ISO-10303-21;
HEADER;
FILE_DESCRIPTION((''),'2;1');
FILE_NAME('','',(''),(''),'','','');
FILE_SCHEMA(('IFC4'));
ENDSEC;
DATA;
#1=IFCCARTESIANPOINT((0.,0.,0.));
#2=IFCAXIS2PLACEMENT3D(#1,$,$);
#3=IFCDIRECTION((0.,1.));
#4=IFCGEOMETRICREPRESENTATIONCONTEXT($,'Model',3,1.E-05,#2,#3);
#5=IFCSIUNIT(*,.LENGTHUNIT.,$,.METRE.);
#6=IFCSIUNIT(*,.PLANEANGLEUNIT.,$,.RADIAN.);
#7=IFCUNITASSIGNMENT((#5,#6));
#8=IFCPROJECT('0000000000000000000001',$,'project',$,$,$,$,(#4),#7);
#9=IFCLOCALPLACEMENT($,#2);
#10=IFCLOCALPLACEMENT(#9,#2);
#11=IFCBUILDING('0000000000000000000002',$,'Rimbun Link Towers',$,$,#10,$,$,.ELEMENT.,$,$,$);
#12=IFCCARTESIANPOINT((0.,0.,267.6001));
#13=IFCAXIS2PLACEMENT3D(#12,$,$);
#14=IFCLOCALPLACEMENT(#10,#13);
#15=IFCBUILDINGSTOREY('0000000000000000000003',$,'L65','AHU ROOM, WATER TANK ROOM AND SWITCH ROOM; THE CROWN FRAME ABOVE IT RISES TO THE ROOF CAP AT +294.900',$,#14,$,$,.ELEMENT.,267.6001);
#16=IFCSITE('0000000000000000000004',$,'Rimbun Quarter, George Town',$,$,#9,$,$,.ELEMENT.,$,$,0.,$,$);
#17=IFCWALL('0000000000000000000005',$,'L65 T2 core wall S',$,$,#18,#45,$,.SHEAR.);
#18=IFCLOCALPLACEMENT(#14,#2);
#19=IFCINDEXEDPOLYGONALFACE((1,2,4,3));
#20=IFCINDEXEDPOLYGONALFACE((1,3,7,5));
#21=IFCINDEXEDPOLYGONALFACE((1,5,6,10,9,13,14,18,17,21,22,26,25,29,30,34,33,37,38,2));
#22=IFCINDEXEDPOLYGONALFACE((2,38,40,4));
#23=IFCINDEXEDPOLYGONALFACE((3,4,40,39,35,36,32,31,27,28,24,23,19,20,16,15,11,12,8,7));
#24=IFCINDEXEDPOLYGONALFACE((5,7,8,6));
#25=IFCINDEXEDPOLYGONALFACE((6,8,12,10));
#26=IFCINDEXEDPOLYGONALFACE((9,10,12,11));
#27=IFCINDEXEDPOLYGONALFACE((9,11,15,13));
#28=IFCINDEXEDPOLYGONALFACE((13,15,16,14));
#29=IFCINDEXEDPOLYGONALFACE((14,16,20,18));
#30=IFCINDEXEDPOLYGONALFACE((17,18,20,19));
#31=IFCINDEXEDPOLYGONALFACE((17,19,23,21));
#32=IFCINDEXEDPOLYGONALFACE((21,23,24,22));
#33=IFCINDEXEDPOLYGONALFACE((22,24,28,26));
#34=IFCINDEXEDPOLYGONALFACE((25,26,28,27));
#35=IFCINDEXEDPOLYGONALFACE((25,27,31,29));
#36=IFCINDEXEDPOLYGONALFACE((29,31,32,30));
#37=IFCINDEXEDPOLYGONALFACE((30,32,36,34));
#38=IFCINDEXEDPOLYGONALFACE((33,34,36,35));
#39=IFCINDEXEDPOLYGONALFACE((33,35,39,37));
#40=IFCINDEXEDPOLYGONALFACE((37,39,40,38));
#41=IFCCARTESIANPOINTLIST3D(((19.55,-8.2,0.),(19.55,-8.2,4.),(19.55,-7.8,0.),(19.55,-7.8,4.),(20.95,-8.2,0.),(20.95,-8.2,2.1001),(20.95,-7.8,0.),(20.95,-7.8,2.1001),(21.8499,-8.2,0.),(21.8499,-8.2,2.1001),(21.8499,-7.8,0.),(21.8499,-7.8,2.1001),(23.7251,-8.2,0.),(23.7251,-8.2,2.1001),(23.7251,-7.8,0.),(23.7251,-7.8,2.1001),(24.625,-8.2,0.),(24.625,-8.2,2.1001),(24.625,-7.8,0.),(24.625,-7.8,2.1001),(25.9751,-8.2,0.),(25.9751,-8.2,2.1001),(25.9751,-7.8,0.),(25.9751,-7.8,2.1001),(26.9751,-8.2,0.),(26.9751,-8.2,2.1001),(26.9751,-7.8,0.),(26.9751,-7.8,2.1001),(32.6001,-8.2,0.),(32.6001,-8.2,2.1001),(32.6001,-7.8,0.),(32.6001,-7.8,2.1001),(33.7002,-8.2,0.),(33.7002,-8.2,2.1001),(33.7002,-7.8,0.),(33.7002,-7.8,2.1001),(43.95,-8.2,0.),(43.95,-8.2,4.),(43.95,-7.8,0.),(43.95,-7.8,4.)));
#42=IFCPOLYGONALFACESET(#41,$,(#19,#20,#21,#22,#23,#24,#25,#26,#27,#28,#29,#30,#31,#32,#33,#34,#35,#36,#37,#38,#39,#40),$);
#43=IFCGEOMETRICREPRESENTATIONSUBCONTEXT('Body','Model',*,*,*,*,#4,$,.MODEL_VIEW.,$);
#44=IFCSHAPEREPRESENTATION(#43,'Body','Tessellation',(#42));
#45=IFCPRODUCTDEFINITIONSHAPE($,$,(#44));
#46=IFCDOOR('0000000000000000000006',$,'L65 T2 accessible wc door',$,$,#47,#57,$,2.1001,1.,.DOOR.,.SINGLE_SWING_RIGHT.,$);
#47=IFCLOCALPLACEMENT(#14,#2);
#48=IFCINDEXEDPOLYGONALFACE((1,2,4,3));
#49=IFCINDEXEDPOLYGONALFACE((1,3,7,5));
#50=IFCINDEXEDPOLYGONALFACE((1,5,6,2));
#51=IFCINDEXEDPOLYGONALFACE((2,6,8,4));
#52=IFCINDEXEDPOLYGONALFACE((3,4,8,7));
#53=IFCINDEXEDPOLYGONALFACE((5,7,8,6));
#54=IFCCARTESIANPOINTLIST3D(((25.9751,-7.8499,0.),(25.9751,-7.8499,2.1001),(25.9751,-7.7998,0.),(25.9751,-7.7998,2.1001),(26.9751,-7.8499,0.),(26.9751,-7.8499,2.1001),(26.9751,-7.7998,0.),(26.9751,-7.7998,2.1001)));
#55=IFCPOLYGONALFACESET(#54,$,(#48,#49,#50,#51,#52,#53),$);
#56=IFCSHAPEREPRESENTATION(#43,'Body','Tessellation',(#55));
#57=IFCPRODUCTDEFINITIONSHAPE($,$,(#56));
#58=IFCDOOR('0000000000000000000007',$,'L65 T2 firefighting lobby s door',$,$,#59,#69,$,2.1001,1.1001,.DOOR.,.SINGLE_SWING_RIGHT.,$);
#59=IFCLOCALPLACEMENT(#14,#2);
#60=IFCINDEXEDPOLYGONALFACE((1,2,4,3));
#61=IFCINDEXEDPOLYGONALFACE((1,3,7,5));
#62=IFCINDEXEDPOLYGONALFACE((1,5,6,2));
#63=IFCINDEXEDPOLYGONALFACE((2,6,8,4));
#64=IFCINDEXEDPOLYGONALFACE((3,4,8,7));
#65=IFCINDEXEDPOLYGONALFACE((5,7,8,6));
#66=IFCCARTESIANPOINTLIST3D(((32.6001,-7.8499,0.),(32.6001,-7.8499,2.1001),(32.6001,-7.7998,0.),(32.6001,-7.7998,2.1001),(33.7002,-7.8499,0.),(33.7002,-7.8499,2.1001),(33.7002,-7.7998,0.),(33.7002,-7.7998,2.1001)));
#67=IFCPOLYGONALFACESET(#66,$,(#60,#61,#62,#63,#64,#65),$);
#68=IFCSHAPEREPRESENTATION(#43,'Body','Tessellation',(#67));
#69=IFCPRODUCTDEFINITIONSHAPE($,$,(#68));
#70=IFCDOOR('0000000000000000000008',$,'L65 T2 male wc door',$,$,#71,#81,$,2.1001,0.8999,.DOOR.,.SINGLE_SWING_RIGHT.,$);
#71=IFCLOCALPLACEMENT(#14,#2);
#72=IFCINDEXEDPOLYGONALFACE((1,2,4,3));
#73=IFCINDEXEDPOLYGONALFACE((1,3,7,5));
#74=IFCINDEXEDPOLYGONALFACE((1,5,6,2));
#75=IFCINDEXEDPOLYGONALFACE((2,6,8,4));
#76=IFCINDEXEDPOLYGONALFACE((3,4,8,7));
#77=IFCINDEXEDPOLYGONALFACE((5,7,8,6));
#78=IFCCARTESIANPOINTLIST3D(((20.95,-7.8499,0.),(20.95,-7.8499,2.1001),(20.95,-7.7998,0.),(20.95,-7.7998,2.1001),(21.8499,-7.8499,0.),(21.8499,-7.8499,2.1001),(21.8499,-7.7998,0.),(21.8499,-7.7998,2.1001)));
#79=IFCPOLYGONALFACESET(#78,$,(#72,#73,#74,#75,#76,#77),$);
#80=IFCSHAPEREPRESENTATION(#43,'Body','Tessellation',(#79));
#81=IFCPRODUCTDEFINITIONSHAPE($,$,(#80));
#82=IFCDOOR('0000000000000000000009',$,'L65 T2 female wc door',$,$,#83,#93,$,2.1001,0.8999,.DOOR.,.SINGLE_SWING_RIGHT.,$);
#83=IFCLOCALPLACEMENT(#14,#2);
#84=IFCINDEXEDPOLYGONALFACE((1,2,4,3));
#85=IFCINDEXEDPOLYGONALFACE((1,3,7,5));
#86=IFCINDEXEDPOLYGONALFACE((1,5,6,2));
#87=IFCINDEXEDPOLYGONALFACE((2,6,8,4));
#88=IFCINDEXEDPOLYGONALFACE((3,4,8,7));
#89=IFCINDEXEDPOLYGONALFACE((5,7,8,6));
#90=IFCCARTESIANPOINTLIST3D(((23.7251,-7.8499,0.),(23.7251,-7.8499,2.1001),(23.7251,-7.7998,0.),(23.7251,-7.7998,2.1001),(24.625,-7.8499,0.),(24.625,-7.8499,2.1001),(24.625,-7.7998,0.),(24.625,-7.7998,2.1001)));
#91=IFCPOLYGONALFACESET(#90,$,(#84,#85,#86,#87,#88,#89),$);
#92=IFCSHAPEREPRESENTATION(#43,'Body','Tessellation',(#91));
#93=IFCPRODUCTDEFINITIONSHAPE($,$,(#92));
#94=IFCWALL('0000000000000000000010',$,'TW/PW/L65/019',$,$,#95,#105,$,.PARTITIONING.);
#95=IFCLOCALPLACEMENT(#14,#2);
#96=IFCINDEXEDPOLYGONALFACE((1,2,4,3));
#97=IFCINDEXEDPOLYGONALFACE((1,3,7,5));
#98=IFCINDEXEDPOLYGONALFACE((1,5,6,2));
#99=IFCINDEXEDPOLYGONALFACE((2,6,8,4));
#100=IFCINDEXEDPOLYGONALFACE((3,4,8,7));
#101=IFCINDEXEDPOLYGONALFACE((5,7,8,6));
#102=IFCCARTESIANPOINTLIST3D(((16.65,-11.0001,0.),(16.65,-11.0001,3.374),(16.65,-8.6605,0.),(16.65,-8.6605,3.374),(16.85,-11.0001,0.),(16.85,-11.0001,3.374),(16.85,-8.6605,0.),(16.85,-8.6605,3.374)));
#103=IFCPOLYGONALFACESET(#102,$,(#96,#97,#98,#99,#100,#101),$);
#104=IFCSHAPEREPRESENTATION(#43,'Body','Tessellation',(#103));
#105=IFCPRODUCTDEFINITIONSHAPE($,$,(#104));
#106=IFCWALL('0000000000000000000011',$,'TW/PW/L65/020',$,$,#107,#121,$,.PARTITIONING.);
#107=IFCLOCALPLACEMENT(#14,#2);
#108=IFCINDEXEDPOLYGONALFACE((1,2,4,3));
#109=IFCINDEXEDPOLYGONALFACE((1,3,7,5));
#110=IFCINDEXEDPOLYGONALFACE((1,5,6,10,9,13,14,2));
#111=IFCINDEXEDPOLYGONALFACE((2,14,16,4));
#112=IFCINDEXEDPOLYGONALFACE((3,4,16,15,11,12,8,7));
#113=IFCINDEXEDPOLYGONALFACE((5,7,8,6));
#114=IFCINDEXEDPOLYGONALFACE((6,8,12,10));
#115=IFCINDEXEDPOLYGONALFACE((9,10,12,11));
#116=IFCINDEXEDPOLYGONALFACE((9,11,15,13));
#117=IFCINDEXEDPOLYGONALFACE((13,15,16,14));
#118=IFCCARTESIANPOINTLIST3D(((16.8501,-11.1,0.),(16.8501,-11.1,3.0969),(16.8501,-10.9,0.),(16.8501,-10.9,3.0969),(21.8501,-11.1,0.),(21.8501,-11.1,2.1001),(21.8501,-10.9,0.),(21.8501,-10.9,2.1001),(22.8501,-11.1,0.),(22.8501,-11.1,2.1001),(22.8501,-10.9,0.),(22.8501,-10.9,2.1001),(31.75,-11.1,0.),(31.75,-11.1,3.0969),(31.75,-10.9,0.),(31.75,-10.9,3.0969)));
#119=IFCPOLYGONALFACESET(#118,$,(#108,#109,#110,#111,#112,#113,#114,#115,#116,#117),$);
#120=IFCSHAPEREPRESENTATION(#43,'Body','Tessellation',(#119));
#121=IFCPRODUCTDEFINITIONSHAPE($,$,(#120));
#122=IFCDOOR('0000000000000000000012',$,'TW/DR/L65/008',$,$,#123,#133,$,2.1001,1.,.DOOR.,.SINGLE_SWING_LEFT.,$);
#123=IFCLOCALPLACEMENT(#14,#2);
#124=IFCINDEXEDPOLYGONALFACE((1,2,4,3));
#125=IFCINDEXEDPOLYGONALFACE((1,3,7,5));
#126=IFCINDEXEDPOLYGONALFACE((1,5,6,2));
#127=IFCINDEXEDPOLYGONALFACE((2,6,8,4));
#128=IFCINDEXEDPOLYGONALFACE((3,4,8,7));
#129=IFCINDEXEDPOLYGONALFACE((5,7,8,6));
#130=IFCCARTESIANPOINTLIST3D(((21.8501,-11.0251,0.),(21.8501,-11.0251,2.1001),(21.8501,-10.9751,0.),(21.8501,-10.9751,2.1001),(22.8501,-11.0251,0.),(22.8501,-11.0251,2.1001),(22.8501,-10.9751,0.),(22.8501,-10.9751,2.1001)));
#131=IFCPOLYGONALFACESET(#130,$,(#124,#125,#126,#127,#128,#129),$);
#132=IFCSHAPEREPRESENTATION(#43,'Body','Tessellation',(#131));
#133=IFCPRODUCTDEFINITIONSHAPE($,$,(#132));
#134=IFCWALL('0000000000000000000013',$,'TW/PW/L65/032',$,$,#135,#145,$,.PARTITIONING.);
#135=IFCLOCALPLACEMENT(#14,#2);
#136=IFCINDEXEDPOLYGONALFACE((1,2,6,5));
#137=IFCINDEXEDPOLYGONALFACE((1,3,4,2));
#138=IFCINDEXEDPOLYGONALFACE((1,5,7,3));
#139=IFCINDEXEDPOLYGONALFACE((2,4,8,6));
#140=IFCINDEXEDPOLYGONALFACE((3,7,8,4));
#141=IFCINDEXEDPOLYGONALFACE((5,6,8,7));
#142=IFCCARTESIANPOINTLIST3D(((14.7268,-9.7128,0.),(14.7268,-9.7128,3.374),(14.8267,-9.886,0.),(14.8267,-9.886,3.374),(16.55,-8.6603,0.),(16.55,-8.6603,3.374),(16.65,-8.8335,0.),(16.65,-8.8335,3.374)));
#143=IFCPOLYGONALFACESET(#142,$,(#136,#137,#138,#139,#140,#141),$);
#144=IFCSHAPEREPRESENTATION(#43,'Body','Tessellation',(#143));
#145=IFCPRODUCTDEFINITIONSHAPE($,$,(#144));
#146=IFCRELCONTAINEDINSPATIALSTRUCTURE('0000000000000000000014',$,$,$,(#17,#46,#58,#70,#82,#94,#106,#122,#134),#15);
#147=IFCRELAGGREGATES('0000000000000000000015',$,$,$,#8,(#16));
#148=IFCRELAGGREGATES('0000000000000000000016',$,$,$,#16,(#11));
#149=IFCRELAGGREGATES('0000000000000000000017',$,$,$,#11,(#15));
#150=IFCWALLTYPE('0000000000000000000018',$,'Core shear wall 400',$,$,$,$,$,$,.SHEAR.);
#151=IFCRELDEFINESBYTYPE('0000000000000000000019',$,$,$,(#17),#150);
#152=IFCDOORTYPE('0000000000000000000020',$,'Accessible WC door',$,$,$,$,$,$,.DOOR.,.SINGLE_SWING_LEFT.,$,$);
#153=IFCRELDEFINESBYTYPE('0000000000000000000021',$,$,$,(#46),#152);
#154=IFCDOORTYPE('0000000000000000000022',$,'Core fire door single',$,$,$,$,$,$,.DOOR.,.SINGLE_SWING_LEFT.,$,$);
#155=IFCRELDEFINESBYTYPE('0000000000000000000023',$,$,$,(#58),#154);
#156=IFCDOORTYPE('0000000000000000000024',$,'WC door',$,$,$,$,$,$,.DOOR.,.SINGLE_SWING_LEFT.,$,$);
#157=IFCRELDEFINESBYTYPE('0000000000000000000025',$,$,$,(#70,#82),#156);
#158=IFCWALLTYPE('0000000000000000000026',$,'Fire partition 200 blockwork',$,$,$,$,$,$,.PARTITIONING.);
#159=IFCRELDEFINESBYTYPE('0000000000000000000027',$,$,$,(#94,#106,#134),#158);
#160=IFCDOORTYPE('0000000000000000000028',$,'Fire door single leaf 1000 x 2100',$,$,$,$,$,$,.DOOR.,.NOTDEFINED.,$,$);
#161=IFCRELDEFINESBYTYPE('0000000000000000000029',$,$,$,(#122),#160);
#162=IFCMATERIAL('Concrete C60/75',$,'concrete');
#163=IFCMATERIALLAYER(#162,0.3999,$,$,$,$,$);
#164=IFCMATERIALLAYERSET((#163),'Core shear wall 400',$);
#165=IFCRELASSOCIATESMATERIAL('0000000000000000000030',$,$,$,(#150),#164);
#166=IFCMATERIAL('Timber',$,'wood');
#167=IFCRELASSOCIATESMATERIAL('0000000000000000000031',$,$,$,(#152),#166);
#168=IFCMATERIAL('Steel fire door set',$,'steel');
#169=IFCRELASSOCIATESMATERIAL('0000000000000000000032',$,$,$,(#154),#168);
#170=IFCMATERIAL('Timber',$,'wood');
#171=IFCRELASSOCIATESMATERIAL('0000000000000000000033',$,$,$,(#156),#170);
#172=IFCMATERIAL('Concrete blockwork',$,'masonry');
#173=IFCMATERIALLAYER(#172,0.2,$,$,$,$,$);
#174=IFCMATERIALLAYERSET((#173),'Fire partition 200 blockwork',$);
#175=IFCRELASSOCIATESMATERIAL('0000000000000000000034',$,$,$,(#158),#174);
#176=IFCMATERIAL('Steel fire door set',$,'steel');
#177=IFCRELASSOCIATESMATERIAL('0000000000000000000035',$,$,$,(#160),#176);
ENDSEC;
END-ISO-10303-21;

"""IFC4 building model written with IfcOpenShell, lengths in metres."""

from ifc_helpers import new_model, si_unit, direction, frame, frame_2d, origin, place, context, subcontext, project, spatial, rectangle, extrude, material, layer, layer_set, type_object, element, fill, save


model = new_model("IFC4")

# Units and contexts
model_context = context("Model", 3, precision=1e-05, world=origin(), true_north=direction((0.0, 1.0)))
body_context = subcontext(model_context, "Body", "Model", "MODEL_VIEW")
ifc_project = project(units=[si_unit("LENGTHUNIT", "METRE"), si_unit("PLANEANGLEUNIT", "RADIAN")], contexts=[model_context])

# Site, building, storey
site_placement = place(None, origin())
site = spatial("IfcSite", under=ifc_project, at=site_placement, Name="Rimbun Quarter, George Town", CompositionType="ELEMENT", RefElevation=0.0)
building_placement = place(site_placement, origin())
building = spatial("IfcBuilding", under=site, at=building_placement, Name="Rimbun Link Towers", CompositionType="ELEMENT")
storey_placement = place(building_placement, frame((0.0, 0.0, 267.6001)))
storey = spatial("IfcBuildingStorey", under=building, at=storey_placement, Name="L65", Description="AHU ROOM, WATER TANK ROOM AND SWITCH ROOM; THE CROWN FRAME ABOVE IT RISES TO THE ROOF CAP AT +294.900", CompositionType="ELEMENT", Elevation=267.6001)

# Wall, openings, doors
ifc_material_1 = material(Name="Concrete C60/75", Category="concrete")
ifc_layer_1 = layer(ifc_material_1, 0.3999)
ifc_layer_set_1 = layer_set([ifc_layer_1], Name="Core shear wall 400")
wall_type_1 = type_object("IfcWallType", Name="Core shear wall 400", PredefinedType="SHEAR", material=ifc_layer_set_1)
wall_1_placement = place(storey_placement, frame((19.55, -8.0, 0.0), z_axis=(0.0, 0.0, 1.0), x_axis=(1.0, 0.0, 0.0)))
wall_1 = element("IfcWall", 1, at=wall_1_placement, inside=storey, type_object=wall_type_1, Name="L65 T2 core wall S", PredefinedType="SHEAR", context=body_context, shape_type="SweptSolid", body=[
    extrude(rectangle(XDim=24.3999, YDim=0.3999, at=frame_2d((12.2, 0.0))), origin(), (0.0, 0.0, 1.0), 4.0),
])
opening_1_placement = place(wall_1_placement, frame((13.05, 0.0, 0.0)))
opening_1 = element("IfcOpeningElement", 2, at=opening_1_placement, cuts=wall_1, PredefinedType="OPENING", context=body_context, shape_type="SweptSolid", body=[
    extrude(rectangle(XDim=1.1001, YDim=2.1001, at=frame_2d((0.55, 1.05))), frame((0.0, 0.21, 0.0), z_axis=(0.0, -1.0, 0.0), x_axis=(1.0, 0.0, 0.0)), (0.0, 0.0, 1.0), 0.4199),
])
opening_2_placement = place(wall_1_placement, frame((1.3999, 0.0, 0.0)))
opening_2 = element("IfcOpeningElement", 3, at=opening_2_placement, cuts=wall_1, PredefinedType="OPENING", context=body_context, shape_type="SweptSolid", body=[
    extrude(rectangle(XDim=0.8999, YDim=2.1001, at=frame_2d((0.45, 1.05))), frame((0.0, 0.21, 0.0), z_axis=(0.0, -1.0, 0.0), x_axis=(1.0, 0.0, 0.0)), (0.0, 0.0, 1.0), 0.4199),
])
opening_3_placement = place(wall_1_placement, frame((4.175, 0.0, 0.0)))
opening_3 = element("IfcOpeningElement", 4, at=opening_3_placement, cuts=wall_1, PredefinedType="OPENING", context=body_context, shape_type="SweptSolid", body=[
    extrude(rectangle(XDim=0.8999, YDim=2.1001, at=frame_2d((0.45, 1.05))), frame((0.0, 0.21, 0.0), z_axis=(0.0, -1.0, 0.0), x_axis=(1.0, 0.0, 0.0)), (0.0, 0.0, 1.0), 0.4199),
])
opening_4_placement = place(wall_1_placement, frame((6.425, 0.0, 0.0)))
opening_4 = element("IfcOpeningElement", 5, at=opening_4_placement, cuts=wall_1, PredefinedType="OPENING", context=body_context, shape_type="SweptSolid", body=[
    extrude(rectangle(XDim=1.0, YDim=2.1001, at=frame_2d((0.5, 1.05))), frame((0.0, 0.21, 0.0), z_axis=(0.0, -1.0, 0.0), x_axis=(1.0, 0.0, 0.0)), (0.0, 0.0, 1.0), 0.4199),
])
ifc_material_2 = material(Name="Timber", Category="wood")
door_type_1 = type_object("IfcDoorType", Name="Accessible WC door", OperationType="SINGLE_SWING_LEFT", PredefinedType="DOOR", material=ifc_material_2)
door_1_placement = place(opening_4_placement, origin())
door_1 = element("IfcDoor", 6, at=door_1_placement, inside=storey, type_object=door_type_1, Name="L65 T2 accessible wc door", OperationType="SINGLE_SWING_RIGHT", OverallHeight=2.1001, OverallWidth=1.0, PredefinedType="DOOR", context=body_context, shape_type="SweptSolid", body=[
    extrude(rectangle(XDim=1.0, YDim=2.1001, at=frame_2d((0.5, 1.05))), frame((0.0, 0.2002, 0.0), z_axis=(0.0, -1.0, 0.0), x_axis=(1.0, 0.0, 0.0)), (0.0, 0.0, 1.0), 0.05),
])
fill(opening_4, door_1)
ifc_material_3 = material(Name="Steel fire door set", Category="steel")
door_type_2 = type_object("IfcDoorType", Name="Core fire door single", OperationType="SINGLE_SWING_LEFT", PredefinedType="DOOR", material=ifc_material_3)
door_2_placement = place(opening_1_placement, origin())
door_2 = element("IfcDoor", 7, at=door_2_placement, inside=storey, type_object=door_type_2, Name="L65 T2 firefighting lobby s door", OperationType="SINGLE_SWING_RIGHT", OverallHeight=2.1001, OverallWidth=1.1001, PredefinedType="DOOR", context=body_context, shape_type="SweptSolid", body=[
    extrude(rectangle(XDim=1.1001, YDim=2.1001, at=frame_2d((0.55, 1.05))), frame((0.0, 0.2002, 0.0), z_axis=(0.0, -1.0, 0.0), x_axis=(1.0, 0.0, 0.0)), (0.0, 0.0, 1.0), 0.05),
])
fill(opening_1, door_2)
ifc_material_4 = material(Name="Timber", Category="wood")
door_type_3 = type_object("IfcDoorType", Name="WC door", OperationType="SINGLE_SWING_LEFT", PredefinedType="DOOR", material=ifc_material_4)
door_3_placement = place(opening_2_placement, origin())
door_3 = element("IfcDoor", 8, at=door_3_placement, inside=storey, type_object=door_type_3, Name="L65 T2 male wc door", OperationType="SINGLE_SWING_RIGHT", OverallHeight=2.1001, OverallWidth=0.8999, PredefinedType="DOOR", context=body_context, shape_type="SweptSolid", body=[
    extrude(rectangle(XDim=0.8999, YDim=2.1001, at=frame_2d((0.45, 1.05))), frame((0.0, 0.2002, 0.0), z_axis=(0.0, -1.0, 0.0), x_axis=(1.0, 0.0, 0.0)), (0.0, 0.0, 1.0), 0.05),
])
fill(opening_2, door_3)
door_4_placement = place(opening_3_placement, origin())
door_4 = element("IfcDoor", 9, at=door_4_placement, inside=storey, type_object=door_type_3, Name="L65 T2 female wc door", OperationType="SINGLE_SWING_RIGHT", OverallHeight=2.1001, OverallWidth=0.8999, PredefinedType="DOOR", context=body_context, shape_type="SweptSolid", body=[
    extrude(rectangle(XDim=0.8999, YDim=2.1001, at=frame_2d((0.45, 1.05))), frame((0.0, 0.2002, 0.0), z_axis=(0.0, -1.0, 0.0), x_axis=(1.0, 0.0, 0.0)), (0.0, 0.0, 1.0), 0.05),
])
fill(opening_3, door_4)

# Wall
ifc_material_5 = material(Name="Concrete blockwork", Category="masonry")
ifc_layer_2 = layer(ifc_material_5, 0.2)
ifc_layer_set_2 = layer_set([ifc_layer_2], Name="Fire partition 200 blockwork")
wall_type_2 = type_object("IfcWallType", Name="Fire partition 200 blockwork", PredefinedType="PARTITIONING", material=ifc_layer_set_2)
wall_2_placement = place(storey_placement, frame((16.75, -8.6604, 0.0), z_axis=(0.0, 0.0, 1.0), x_axis=(0.0, -1.0, 0.0)))
element("IfcWall", 10, at=wall_2_placement, inside=storey, type_object=wall_type_2, Name="TW/PW/L65/019", PredefinedType="PARTITIONING", context=body_context, shape_type="SweptSolid", body=[
    extrude(rectangle(XDim=2.3396, YDim=0.2, at=frame_2d((1.1699, 0.0))), origin(), (0.0, 0.0, 1.0), 3.374),
])

# Wall, opening, door
wall_3_placement = place(storey_placement, frame((16.8501, -11.0, 0.0), z_axis=(0.0, 0.0, 1.0), x_axis=(1.0, 0.0, 0.0)))
wall_3 = element("IfcWall", 11, at=wall_3_placement, inside=storey, type_object=wall_type_2, Name="TW/PW/L65/020", PredefinedType="PARTITIONING", context=body_context, shape_type="SweptSolid", body=[
    extrude(rectangle(XDim=14.8999, YDim=0.2, at=frame_2d((7.45, 0.0))), origin(), (0.0, 0.0, 1.0), 3.0969),
])
opening_5_placement = place(wall_3_placement, frame((5.0, 0.0, 0.0)))
opening_5 = element("IfcOpeningElement", 12, at=opening_5_placement, cuts=wall_3, PredefinedType="OPENING", context=body_context, shape_type="SweptSolid", body=[
    extrude(rectangle(XDim=1.0, YDim=2.1001, at=frame_2d((0.5, 1.05))), frame((0.0, 0.1099, 0.0), z_axis=(0.0, -1.0, 0.0), x_axis=(1.0, 0.0, 0.0)), (0.0, 0.0, 1.0), 0.22),
])
ifc_material_6 = material(Name="Steel fire door set", Category="steel")
door_type_4 = type_object("IfcDoorType", Name="Fire door single leaf 1000 x 2100", OperationType="NOTDEFINED", PredefinedType="DOOR", material=ifc_material_6)
door_5_placement = place(opening_5_placement, origin())
door_5 = element("IfcDoor", 13, at=door_5_placement, inside=storey, type_object=door_type_4, Name="TW/DR/L65/008", OperationType="SINGLE_SWING_LEFT", OverallHeight=2.1001, OverallWidth=1.0, PredefinedType="DOOR", context=body_context, shape_type="SweptSolid", body=[
    extrude(rectangle(XDim=1.0, YDim=2.1001, at=frame_2d((0.5, 1.05))), frame((0.0, 0.0249, 0.0), z_axis=(0.0, -1.0, 0.0), x_axis=(1.0, 0.0, 0.0)), (0.0, 0.0, 1.0), 0.05),
])
fill(opening_5, door_5)

# Wall
wall_4_placement = place(storey_placement, frame((16.6001, -8.7468, 0.0), z_axis=(0.0, 0.0, 1.0), x_axis=(-0.866058, -0.499943, 0.0)))
element("IfcWall", 14, at=wall_4_placement, inside=storey, type_object=wall_type_2, Name="TW/PW/L65/032", PredefinedType="PARTITIONING", context=body_context, shape_type="SweptSolid", body=[
    extrude(rectangle(XDim=2.1052, YDim=0.2, at=frame_2d((1.0527, 0.0))), origin(), (0.0, 0.0, 1.0), 3.374),
])

save(model, "model.ifc")
